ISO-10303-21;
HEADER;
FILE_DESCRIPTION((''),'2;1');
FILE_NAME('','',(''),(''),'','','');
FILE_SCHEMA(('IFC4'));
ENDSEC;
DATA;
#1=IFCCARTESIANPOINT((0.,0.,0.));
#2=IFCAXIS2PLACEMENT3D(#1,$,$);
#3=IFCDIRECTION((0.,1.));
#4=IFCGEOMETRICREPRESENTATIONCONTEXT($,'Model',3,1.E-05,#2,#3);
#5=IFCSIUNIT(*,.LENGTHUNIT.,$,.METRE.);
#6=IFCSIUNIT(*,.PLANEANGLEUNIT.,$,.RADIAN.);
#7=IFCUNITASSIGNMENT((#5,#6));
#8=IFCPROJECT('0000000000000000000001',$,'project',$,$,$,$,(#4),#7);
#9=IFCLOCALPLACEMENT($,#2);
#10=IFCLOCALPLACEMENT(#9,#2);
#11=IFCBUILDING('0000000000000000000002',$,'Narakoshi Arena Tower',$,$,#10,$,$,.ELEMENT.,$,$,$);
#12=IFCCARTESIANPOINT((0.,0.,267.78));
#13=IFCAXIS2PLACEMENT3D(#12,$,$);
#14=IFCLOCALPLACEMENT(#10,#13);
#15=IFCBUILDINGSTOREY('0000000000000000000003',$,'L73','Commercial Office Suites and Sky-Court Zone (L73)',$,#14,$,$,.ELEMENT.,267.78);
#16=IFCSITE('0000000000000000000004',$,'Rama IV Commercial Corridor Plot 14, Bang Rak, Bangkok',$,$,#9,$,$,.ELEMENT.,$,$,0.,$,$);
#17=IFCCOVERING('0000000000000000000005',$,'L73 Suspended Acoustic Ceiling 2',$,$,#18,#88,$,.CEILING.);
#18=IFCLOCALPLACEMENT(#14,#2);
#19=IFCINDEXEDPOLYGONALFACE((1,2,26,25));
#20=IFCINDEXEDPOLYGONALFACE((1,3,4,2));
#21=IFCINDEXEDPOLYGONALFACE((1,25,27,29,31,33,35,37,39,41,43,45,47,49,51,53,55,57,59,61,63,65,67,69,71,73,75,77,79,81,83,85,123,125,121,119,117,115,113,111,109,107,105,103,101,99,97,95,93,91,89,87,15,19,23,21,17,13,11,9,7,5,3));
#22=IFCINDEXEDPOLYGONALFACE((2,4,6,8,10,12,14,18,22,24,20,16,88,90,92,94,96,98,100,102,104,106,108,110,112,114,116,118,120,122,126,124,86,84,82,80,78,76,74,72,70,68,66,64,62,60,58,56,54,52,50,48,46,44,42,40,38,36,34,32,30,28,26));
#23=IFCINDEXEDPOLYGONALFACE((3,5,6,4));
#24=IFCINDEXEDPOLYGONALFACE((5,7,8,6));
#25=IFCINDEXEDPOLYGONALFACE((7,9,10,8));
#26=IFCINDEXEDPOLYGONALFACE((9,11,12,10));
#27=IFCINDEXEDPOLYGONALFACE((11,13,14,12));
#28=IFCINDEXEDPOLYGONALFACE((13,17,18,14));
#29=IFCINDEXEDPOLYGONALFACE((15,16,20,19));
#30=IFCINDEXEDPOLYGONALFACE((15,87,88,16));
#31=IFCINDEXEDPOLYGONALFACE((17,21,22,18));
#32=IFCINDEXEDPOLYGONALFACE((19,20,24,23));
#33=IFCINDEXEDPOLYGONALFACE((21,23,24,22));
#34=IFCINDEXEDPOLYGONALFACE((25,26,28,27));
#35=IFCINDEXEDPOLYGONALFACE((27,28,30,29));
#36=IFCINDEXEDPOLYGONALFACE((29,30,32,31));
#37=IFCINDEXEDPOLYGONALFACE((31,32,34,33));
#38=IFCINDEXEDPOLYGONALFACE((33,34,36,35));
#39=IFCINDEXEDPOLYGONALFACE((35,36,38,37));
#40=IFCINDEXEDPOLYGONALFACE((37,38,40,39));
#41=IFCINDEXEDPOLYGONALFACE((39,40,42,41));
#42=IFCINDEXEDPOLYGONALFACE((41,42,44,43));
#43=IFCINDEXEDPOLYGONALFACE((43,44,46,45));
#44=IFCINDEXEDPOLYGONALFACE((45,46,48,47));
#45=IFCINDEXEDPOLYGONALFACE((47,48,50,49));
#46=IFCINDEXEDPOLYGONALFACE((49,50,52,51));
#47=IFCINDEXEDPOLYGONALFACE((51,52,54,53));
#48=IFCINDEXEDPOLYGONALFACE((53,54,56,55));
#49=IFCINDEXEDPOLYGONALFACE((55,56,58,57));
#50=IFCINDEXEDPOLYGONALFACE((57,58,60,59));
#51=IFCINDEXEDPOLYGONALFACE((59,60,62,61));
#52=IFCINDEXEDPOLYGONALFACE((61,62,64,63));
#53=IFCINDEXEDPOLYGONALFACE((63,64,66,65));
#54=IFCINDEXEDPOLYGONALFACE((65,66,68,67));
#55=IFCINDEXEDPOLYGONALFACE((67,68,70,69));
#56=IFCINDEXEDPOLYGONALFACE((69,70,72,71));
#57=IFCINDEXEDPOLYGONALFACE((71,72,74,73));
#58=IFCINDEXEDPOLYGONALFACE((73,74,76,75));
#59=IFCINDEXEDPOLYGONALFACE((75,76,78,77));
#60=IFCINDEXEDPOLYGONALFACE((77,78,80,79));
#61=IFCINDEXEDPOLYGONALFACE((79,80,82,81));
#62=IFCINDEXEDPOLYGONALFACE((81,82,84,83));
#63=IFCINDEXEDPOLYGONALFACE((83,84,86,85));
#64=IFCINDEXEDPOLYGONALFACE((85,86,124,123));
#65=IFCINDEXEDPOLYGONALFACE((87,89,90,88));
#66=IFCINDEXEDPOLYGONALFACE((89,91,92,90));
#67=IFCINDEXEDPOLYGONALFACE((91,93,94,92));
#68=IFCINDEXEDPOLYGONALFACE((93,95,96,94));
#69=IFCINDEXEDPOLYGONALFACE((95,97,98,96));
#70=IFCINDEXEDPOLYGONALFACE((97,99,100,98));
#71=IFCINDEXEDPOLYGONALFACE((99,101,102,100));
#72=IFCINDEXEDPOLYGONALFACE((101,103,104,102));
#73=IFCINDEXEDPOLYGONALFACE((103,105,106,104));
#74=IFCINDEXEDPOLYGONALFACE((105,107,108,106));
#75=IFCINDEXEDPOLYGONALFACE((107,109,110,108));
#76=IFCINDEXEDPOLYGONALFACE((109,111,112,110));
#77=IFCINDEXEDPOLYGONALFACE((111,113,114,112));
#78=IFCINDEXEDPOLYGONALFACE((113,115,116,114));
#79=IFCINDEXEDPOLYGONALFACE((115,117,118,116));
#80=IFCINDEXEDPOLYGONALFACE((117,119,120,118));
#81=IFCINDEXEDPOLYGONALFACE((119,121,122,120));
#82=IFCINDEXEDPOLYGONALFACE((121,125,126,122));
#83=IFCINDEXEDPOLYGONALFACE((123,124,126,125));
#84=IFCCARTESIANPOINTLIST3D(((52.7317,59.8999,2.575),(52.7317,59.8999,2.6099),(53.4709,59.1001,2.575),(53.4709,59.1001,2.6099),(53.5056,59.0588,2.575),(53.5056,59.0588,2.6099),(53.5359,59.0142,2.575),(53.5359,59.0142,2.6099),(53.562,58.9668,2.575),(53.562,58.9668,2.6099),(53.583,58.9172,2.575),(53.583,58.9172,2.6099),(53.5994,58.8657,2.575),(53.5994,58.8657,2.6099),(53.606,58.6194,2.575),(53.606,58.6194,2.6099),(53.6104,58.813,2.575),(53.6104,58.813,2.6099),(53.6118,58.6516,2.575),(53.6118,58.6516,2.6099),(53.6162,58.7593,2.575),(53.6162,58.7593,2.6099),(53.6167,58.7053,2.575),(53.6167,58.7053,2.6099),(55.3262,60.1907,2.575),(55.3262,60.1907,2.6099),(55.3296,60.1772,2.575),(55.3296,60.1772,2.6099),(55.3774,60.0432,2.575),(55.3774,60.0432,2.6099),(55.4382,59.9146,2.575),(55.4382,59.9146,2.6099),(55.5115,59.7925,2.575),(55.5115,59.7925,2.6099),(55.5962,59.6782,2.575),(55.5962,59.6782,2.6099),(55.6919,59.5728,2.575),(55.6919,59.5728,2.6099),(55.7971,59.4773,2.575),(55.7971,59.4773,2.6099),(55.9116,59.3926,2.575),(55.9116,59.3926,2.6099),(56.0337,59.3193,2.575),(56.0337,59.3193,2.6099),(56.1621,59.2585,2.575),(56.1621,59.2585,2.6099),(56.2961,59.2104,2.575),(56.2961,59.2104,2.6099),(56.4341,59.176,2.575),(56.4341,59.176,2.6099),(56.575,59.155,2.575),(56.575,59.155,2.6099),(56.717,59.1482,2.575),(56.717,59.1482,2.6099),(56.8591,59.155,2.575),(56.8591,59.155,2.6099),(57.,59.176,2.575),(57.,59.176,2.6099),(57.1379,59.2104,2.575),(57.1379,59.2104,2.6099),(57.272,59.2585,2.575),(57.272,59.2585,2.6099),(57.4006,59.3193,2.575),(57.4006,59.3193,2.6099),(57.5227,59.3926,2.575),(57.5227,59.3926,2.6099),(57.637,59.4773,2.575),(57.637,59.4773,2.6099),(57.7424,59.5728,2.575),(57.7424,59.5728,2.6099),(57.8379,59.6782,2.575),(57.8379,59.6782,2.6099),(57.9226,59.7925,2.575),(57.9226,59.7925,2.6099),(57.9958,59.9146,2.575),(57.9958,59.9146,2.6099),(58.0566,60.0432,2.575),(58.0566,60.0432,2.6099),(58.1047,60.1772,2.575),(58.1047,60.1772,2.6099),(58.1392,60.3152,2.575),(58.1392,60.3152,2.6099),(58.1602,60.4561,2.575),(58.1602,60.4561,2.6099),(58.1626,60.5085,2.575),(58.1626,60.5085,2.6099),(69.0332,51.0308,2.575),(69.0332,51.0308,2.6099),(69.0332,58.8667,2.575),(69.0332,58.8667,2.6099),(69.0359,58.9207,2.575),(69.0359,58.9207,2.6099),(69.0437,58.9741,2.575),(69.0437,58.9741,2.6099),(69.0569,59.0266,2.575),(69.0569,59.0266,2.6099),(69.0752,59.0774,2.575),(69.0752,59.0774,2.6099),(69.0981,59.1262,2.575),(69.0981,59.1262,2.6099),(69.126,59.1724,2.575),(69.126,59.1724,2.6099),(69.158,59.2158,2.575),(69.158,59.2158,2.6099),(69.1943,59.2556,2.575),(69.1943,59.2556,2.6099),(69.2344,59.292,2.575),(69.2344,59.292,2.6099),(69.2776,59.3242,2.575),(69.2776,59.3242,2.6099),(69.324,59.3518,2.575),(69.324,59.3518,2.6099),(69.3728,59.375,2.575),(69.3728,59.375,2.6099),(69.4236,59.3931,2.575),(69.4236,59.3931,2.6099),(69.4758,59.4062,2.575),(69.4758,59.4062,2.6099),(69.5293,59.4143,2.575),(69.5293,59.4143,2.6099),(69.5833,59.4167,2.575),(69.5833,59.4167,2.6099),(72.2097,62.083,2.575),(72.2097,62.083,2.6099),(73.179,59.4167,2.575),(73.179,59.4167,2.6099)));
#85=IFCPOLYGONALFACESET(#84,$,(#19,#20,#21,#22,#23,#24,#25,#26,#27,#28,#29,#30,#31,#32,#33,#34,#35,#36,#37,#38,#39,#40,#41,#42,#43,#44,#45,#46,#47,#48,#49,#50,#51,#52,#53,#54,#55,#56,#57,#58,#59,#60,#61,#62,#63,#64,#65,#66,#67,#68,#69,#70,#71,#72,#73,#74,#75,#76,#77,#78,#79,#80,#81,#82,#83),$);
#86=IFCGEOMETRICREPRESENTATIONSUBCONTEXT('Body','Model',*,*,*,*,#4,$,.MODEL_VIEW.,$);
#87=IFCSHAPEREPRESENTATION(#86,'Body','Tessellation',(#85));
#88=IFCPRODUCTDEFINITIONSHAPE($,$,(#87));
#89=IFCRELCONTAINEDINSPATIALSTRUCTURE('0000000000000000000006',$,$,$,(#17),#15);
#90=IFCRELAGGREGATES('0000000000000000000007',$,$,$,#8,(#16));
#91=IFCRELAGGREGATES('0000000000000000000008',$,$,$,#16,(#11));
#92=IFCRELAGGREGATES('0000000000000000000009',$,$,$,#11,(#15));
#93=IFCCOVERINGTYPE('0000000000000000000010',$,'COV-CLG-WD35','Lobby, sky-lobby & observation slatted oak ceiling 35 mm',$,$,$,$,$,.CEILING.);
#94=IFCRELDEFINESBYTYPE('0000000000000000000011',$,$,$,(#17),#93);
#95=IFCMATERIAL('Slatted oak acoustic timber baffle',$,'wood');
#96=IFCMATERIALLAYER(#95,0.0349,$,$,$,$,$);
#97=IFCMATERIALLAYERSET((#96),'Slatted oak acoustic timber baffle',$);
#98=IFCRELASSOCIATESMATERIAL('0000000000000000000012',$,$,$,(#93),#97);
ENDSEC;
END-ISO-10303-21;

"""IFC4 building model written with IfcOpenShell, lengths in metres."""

from ifc_helpers import new_model, si_unit, direction, frame, origin, place, context, subcontext, project, spatial, polyline, outline, extrude, material, layer, layer_set, type_object, element, save


model = new_model("IFC4")

# Units and contexts
model_context = context("Model", 3, precision=1e-05, world=origin(), true_north=direction((0.0, 1.0)))
body_context = subcontext(model_context, "Body", "Model", "MODEL_VIEW")
ifc_project = project(units=[si_unit("LENGTHUNIT", "METRE"), si_unit("PLANEANGLEUNIT", "RADIAN")], contexts=[model_context])

# Site, building, storey
site_placement = place(None, origin())
site = spatial("IfcSite", under=ifc_project, at=site_placement, Name="Rama IV Commercial Corridor Plot 14, Bang Rak, Bangkok", CompositionType="ELEMENT", RefElevation=0.0)
building_placement = place(site_placement, origin())
building = spatial("IfcBuilding", under=site, at=building_placement, Name="Narakoshi Arena Tower", CompositionType="ELEMENT")
storey_placement = place(building_placement, frame((0.0, 0.0, 267.78)))
storey = spatial("IfcBuildingStorey", under=building, at=storey_placement, Name="L73", Description="Commercial Office Suites and Sky-Court Zone (L73)", CompositionType="ELEMENT", Elevation=267.78)

# Covering
ifc_material_1 = material(Name="Slatted oak acoustic timber baffle", Category="wood")
ifc_layer_1 = layer(ifc_material_1, 0.0349)
ifc_layer_set_1 = layer_set([ifc_layer_1], Name="Slatted oak acoustic timber baffle")
covering_type_1 = type_object("IfcCoveringType", Name="COV-CLG-WD35", Description="Lobby, sky-lobby & observation slatted oak ceiling 35 mm", PredefinedType="CEILING", material=ifc_layer_set_1)
covering_1_placement = place(storey_placement, frame((0.0, 0.0, 2.575)))
element("IfcCovering", 1, at=covering_1_placement, inside=storey, type_object=covering_type_1, Name="L73 Suspended Acoustic Ceiling 2", PredefinedType="CEILING", context=body_context, shape_type="SweptSolid", body=[
    extrude(outline(polyline([(55.3262, 60.1907), (55.3296, 60.1772), (55.3774, 60.0432), (55.4382, 59.9146), (55.5115, 59.7925), (55.5962, 59.6782), (55.6919, 59.5728), (55.7971, 59.4773), (55.9116, 59.3926), (56.0337, 59.3193), (56.1621, 59.2585), (56.2961, 59.2104), (56.4341, 59.176), (56.575, 59.155), (56.717, 59.1482), (56.8591, 59.155), (57.0, 59.176), (57.1379, 59.2104), (57.272, 59.2585), (57.4006, 59.3193), (57.5227, 59.3926), (57.637, 59.4773), (57.7424, 59.5728), (57.8379, 59.6782), (57.9226, 59.7925), (57.9958, 59.9146), (58.0566, 60.0432), (58.1047, 60.1772), (58.1392, 60.3152), (58.1602, 60.4561), (58.1626, 60.5085), (72.2097, 62.083), (73.179, 59.4167), (69.5833, 59.4167), (69.5293, 59.4143), (69.4758, 59.4062), (69.4236, 59.3931), (69.3728, 59.375), (69.324, 59.3518), (69.2776, 59.3242), (69.2344, 59.292), (69.1943, 59.2556), (69.158, 59.2158), (69.126, 59.1724), (69.0981, 59.1262), (69.0752, 59.0774), (69.0569, 59.0266), (69.0437, 58.9741), (69.0359, 58.9207), (69.0332, 58.8667), (69.0332, 51.0308), (53.606, 58.6194), (53.6118, 58.6516), (53.6167, 58.7053), (53.6162, 58.7593), (53.6104, 58.813), (53.5994, 58.8657), (53.583, 58.9172), (53.562, 58.9668), (53.5359, 59.0142), (53.5056, 59.0588), (53.4709, 59.1001), (52.7317, 59.8999), (55.3262, 60.1907)])), origin(), (0.0, 0.0, 1.0), 0.0349),
])

save(model, "model.ifc")
